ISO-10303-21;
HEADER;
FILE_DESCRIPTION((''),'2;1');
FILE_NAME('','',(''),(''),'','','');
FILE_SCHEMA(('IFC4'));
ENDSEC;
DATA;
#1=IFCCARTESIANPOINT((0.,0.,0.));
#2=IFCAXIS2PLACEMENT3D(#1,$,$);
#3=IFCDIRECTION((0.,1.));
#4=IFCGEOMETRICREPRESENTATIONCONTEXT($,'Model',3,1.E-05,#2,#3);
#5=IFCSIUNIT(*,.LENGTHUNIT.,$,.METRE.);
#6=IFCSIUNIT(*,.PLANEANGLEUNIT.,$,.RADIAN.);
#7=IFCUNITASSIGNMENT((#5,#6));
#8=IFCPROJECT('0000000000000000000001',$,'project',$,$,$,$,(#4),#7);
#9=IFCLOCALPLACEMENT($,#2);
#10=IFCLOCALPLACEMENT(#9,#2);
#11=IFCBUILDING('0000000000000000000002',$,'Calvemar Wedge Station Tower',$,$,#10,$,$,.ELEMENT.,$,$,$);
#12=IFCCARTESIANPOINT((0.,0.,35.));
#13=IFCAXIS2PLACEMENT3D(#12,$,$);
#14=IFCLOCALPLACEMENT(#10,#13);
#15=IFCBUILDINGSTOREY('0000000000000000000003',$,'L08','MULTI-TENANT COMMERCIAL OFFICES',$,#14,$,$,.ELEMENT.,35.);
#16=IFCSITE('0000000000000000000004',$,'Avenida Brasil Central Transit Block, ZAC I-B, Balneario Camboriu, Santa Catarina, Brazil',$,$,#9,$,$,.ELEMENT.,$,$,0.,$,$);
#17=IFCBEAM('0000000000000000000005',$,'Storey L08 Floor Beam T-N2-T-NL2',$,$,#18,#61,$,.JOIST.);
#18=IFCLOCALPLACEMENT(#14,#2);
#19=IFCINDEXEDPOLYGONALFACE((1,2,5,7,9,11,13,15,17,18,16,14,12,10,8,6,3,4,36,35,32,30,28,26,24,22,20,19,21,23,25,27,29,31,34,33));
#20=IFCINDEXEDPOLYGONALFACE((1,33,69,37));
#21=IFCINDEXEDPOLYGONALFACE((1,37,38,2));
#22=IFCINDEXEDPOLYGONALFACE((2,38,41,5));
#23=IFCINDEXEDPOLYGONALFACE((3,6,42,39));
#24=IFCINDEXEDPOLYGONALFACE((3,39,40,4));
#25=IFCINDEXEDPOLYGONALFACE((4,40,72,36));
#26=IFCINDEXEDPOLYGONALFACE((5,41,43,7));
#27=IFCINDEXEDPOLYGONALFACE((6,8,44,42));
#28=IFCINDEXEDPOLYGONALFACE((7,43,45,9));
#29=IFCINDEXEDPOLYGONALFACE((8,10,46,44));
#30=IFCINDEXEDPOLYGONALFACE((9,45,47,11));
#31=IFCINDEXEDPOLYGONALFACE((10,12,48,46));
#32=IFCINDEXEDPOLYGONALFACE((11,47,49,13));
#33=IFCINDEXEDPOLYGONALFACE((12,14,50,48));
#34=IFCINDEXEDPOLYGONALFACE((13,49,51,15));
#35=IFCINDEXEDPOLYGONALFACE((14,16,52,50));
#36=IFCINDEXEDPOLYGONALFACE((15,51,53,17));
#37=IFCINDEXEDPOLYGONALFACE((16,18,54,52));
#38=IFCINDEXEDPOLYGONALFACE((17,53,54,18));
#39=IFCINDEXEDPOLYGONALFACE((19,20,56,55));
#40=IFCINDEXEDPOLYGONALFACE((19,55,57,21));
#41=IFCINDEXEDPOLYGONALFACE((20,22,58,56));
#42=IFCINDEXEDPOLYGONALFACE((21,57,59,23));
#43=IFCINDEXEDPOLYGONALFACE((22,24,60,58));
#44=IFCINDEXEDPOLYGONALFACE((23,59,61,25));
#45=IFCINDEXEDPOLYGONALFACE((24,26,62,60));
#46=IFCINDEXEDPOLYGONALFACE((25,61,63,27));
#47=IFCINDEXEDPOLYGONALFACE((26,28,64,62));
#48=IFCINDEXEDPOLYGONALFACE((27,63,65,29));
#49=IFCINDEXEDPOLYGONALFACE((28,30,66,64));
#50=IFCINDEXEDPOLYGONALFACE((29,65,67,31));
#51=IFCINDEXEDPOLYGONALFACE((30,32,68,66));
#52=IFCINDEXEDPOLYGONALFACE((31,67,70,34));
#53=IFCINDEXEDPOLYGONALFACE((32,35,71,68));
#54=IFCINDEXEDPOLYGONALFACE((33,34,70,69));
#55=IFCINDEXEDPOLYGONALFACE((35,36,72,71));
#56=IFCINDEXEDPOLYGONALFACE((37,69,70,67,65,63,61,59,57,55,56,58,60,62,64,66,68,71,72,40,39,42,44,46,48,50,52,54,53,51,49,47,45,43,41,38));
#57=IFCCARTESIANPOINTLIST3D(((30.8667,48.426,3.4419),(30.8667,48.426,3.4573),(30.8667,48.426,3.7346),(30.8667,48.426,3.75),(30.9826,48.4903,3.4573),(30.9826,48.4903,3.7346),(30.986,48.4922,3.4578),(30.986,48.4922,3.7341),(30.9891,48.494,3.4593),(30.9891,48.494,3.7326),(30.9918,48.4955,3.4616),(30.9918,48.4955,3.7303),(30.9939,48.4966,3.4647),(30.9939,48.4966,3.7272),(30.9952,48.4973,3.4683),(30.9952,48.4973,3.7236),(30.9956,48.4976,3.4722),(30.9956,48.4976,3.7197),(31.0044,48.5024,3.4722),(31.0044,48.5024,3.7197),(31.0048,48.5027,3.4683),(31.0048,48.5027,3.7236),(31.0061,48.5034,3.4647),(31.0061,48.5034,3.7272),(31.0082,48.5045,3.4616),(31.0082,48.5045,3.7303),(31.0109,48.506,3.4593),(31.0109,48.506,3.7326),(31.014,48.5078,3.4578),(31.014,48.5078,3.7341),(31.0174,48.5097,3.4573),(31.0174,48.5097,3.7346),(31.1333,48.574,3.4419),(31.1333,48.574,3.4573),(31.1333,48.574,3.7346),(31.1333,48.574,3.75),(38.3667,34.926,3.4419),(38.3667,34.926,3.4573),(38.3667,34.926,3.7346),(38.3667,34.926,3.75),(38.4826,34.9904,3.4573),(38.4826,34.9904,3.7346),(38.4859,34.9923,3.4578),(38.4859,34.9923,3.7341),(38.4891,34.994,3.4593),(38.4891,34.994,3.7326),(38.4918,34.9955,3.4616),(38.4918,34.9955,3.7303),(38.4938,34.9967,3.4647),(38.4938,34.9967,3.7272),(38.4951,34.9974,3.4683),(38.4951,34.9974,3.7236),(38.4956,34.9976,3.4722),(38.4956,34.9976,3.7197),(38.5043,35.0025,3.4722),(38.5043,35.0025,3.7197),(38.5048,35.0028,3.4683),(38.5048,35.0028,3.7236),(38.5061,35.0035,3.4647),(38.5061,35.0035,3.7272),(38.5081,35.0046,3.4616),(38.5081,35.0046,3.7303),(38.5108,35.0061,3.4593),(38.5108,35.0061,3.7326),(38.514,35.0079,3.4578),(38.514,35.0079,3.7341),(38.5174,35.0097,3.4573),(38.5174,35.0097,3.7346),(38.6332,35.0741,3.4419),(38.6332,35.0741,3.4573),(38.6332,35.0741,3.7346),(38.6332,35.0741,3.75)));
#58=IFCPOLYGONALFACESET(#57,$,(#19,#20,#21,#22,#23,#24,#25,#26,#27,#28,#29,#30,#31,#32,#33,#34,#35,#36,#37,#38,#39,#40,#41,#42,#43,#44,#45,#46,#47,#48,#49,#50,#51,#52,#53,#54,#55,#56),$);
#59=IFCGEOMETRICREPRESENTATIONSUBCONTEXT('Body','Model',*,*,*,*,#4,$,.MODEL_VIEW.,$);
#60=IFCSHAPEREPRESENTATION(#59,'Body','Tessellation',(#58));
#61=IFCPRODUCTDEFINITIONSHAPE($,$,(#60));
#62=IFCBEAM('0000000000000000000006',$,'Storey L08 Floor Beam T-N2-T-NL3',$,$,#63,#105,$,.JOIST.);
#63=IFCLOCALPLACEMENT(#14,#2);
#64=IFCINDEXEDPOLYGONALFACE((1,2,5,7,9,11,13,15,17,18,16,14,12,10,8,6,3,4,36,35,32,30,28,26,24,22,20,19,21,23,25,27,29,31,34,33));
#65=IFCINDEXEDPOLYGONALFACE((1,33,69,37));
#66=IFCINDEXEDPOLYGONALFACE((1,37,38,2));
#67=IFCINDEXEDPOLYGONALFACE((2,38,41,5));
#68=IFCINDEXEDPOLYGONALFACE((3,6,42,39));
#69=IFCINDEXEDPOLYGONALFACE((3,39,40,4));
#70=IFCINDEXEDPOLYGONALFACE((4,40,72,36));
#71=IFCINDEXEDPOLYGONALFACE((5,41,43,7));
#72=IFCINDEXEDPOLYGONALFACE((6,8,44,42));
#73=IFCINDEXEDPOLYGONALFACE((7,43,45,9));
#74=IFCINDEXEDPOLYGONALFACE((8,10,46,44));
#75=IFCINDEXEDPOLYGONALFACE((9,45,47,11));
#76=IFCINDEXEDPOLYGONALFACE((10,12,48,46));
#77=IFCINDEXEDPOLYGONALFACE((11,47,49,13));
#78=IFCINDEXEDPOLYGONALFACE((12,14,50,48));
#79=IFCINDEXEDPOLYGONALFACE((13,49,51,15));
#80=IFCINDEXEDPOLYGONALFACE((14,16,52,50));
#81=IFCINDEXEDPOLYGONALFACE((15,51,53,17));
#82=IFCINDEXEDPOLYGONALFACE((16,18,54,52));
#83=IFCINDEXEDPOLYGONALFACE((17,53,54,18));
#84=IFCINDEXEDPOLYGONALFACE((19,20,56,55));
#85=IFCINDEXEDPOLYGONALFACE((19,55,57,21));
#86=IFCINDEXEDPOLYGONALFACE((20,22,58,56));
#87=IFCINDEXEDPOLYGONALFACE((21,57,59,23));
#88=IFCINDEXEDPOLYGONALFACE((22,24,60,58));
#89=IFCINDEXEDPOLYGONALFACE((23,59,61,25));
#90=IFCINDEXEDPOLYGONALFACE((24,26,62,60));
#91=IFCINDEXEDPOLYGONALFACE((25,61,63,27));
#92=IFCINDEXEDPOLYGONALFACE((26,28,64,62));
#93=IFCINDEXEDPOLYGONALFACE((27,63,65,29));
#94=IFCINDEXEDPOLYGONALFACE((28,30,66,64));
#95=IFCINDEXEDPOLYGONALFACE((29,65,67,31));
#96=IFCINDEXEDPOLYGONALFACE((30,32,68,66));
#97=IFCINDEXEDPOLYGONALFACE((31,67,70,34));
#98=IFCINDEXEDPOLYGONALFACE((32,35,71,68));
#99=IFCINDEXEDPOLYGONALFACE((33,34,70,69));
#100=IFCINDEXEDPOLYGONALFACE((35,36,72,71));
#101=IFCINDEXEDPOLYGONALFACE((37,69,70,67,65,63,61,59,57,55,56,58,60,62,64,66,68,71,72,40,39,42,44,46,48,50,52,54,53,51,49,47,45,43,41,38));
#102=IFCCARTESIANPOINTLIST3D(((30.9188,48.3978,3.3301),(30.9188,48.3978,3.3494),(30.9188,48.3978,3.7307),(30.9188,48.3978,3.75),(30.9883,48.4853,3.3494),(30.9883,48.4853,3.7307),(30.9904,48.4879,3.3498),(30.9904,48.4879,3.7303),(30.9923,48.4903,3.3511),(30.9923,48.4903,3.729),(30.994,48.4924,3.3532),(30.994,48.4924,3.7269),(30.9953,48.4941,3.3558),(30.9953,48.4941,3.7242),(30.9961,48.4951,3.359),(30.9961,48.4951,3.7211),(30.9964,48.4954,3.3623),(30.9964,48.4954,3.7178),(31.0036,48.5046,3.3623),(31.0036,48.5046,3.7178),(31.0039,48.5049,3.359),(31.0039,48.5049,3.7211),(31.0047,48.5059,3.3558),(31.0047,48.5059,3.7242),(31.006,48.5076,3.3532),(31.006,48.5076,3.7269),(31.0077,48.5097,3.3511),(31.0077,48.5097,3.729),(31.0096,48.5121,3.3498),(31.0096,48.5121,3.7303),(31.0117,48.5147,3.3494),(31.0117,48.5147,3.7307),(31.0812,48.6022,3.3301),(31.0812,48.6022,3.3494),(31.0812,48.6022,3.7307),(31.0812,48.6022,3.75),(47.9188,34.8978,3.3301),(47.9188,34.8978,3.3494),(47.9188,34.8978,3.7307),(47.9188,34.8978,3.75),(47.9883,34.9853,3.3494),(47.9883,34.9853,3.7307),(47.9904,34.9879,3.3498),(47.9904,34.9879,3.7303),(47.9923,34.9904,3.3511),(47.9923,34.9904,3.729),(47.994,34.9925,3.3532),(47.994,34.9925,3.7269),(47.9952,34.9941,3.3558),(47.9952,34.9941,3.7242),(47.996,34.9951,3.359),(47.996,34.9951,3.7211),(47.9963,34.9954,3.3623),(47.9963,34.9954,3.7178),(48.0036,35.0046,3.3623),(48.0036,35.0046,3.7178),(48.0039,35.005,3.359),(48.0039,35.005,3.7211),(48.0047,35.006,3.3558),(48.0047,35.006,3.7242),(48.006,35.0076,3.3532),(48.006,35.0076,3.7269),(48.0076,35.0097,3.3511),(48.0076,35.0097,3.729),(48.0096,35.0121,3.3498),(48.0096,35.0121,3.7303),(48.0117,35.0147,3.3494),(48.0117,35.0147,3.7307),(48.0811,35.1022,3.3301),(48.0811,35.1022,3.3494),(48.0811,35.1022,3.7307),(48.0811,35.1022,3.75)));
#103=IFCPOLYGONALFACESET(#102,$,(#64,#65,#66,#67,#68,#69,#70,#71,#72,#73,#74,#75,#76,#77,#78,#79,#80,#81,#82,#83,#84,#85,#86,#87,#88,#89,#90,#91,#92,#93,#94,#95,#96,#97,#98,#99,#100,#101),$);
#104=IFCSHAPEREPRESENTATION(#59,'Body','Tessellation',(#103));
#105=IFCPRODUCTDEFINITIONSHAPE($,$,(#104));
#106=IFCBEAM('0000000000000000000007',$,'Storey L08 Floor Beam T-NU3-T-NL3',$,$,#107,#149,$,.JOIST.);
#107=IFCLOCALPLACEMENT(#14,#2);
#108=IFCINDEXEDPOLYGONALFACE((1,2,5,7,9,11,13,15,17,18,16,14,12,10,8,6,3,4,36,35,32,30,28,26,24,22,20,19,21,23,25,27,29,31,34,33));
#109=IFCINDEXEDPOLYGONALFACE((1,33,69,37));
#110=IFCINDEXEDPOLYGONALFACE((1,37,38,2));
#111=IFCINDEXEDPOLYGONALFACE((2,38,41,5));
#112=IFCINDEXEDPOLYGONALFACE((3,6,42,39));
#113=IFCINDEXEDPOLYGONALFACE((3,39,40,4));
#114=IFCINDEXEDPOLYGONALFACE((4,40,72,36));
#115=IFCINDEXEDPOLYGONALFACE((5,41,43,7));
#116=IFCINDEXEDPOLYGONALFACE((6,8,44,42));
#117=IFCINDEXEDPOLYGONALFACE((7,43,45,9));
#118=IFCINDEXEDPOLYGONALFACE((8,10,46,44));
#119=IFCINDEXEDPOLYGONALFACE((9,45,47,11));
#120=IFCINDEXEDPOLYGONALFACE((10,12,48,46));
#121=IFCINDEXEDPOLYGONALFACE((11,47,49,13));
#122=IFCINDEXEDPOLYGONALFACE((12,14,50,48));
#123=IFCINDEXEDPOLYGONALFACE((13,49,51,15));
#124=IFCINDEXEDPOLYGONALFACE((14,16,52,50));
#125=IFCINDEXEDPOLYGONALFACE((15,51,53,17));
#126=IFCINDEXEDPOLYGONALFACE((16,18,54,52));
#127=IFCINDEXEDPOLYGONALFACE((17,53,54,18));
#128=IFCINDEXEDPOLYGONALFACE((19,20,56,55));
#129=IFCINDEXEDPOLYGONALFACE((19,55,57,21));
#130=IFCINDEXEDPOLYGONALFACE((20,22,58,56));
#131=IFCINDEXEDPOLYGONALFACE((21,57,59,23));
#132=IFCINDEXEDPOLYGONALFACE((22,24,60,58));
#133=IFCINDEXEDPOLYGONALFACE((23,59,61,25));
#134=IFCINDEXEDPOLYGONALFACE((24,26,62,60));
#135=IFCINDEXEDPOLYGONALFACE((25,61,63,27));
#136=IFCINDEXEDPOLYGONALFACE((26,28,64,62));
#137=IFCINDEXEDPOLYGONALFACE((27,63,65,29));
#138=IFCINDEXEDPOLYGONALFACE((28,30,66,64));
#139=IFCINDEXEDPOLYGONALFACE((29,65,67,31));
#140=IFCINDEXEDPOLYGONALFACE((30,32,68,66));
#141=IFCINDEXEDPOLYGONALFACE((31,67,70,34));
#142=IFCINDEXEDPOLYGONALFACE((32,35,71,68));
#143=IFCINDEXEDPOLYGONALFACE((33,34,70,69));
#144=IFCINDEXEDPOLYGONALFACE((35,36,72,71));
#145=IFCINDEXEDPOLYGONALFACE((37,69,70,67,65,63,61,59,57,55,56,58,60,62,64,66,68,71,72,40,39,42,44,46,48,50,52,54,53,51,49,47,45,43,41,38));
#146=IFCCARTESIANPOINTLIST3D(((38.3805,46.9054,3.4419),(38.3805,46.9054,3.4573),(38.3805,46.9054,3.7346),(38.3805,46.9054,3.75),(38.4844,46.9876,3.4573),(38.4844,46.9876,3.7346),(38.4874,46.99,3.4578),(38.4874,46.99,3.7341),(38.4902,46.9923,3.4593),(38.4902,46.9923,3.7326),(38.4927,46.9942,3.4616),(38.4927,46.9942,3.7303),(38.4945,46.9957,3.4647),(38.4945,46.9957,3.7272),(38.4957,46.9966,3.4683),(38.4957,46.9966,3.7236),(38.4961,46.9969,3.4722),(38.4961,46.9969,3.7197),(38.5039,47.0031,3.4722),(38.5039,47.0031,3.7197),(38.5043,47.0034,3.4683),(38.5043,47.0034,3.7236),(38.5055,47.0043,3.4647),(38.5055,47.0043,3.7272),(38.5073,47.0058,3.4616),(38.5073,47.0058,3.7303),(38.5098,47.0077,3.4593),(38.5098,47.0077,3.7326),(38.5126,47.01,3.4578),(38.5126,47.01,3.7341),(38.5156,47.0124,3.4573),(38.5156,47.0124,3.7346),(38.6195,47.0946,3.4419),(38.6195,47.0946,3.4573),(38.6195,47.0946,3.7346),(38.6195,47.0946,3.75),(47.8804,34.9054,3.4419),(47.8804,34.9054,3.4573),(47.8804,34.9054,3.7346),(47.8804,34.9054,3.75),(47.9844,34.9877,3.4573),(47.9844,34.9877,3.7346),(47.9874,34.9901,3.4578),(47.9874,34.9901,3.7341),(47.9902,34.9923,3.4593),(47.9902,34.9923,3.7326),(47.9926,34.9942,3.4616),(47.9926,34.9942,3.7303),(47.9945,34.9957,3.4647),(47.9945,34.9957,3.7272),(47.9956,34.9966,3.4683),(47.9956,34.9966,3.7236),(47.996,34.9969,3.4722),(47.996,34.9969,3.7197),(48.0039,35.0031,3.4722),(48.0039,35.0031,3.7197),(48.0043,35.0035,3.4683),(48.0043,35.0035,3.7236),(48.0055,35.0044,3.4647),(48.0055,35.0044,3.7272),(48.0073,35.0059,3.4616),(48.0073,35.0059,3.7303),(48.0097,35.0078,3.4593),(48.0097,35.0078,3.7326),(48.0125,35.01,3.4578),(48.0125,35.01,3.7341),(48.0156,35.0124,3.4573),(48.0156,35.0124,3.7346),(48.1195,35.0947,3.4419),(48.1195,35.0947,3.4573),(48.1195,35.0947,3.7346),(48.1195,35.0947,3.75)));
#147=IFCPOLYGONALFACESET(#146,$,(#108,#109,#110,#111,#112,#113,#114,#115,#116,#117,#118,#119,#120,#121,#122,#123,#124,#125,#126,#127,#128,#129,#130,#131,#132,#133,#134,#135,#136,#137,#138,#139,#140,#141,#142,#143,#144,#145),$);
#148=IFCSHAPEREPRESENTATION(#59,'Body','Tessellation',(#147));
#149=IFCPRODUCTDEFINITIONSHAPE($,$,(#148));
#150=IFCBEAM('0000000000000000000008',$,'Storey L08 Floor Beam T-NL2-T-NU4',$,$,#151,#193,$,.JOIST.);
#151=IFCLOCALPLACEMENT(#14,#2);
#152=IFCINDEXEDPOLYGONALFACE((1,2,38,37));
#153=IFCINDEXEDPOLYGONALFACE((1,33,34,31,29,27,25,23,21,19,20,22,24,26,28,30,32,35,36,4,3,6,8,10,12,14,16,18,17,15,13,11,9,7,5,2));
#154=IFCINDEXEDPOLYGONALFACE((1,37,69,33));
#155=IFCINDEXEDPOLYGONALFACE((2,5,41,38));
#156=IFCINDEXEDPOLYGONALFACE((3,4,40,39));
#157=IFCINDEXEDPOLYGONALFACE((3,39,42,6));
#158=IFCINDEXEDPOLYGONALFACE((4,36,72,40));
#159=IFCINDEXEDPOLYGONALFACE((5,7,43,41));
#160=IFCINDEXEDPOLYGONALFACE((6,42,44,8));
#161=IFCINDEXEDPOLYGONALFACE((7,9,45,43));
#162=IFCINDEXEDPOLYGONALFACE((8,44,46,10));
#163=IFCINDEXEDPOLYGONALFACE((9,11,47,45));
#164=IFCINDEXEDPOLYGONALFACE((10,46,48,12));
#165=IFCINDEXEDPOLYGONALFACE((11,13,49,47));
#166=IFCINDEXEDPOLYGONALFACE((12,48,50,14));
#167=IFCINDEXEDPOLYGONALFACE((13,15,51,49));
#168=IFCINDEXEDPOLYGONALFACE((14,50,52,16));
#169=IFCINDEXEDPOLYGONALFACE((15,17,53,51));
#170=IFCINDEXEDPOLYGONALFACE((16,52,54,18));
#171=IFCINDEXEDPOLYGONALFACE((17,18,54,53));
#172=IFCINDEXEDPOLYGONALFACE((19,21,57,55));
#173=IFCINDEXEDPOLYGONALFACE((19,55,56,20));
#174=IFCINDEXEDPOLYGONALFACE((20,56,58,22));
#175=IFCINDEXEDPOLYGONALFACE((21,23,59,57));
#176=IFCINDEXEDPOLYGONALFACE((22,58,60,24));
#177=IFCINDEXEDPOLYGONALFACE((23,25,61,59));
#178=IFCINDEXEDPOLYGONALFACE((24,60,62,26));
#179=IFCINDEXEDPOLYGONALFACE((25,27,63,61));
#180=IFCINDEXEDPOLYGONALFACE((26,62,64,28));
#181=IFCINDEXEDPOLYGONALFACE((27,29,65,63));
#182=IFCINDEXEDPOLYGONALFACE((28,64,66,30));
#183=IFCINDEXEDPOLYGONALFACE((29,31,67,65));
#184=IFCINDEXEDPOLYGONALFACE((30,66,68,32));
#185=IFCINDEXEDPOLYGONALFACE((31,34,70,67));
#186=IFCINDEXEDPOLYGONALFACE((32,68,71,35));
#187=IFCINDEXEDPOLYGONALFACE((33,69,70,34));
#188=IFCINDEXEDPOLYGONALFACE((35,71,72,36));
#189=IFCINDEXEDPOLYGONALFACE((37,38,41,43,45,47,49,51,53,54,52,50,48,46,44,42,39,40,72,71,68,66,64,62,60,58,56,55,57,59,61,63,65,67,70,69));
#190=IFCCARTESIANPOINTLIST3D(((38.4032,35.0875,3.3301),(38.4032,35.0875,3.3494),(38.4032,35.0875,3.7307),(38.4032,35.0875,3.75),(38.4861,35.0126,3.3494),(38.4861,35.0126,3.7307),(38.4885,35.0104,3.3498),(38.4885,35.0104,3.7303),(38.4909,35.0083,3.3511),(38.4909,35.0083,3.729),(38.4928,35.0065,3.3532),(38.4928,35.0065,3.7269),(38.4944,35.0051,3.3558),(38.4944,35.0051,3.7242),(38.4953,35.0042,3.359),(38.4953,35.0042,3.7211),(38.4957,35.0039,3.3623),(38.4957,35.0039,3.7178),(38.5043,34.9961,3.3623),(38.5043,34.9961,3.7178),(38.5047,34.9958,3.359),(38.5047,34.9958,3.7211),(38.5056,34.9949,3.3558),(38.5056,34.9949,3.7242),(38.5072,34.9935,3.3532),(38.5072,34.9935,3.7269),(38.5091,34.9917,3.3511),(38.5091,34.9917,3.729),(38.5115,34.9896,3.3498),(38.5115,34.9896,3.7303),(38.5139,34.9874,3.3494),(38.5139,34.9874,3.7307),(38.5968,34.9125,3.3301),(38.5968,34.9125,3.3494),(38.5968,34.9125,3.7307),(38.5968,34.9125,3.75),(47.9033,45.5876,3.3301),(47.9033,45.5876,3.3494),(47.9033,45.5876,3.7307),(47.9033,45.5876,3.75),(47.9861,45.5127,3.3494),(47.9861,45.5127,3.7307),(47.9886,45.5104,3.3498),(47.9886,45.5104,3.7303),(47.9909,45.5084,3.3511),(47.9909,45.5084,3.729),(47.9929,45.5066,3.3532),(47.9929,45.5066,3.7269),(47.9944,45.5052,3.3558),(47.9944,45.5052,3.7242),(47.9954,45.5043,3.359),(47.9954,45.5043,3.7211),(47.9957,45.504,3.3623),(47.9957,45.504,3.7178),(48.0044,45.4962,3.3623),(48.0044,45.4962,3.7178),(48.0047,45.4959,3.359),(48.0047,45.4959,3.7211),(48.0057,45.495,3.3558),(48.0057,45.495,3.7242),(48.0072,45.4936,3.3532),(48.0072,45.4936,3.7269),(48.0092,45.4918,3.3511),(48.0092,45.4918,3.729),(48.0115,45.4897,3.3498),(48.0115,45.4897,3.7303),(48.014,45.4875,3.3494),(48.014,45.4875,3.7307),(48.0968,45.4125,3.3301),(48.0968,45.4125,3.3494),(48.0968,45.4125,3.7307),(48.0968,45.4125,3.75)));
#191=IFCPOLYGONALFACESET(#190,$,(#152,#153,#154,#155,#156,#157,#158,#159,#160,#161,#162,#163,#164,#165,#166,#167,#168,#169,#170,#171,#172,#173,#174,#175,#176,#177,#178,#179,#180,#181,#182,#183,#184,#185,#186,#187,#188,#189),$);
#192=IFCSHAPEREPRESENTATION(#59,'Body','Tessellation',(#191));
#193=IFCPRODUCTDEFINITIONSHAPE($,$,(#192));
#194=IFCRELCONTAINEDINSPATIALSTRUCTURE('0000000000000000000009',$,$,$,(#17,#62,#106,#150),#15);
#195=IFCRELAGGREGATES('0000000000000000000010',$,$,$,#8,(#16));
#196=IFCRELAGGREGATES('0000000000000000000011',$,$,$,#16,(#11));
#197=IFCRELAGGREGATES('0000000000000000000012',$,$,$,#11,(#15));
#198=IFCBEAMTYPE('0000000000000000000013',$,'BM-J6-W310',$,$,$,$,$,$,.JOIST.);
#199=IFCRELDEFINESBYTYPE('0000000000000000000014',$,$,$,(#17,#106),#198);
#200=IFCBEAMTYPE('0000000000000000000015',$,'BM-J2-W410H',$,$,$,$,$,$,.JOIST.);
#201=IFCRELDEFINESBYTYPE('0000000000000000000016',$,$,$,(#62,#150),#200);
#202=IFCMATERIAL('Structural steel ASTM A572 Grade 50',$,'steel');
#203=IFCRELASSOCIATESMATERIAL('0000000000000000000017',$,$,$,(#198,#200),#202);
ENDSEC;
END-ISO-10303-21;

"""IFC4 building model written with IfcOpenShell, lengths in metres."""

from ifc_helpers import new_model, si_unit, direction, frame, origin, origin_2d, place, context, subcontext, project, spatial, i_section, extrude, source, transform, mapped, material, material_profile, profile_set, type_object, element, save


model = new_model("IFC4")

# Units and contexts
model_context = context("Model", 3, precision=1e-05, world=origin(), true_north=direction((0.0, 1.0)))
body_context = subcontext(model_context, "Body", "Model", "MODEL_VIEW")
ifc_project = project(units=[si_unit("LENGTHUNIT", "METRE"), si_unit("PLANEANGLEUNIT", "RADIAN")], contexts=[model_context])

# Site, building, storey
site_placement = place(None, origin())
site = spatial("IfcSite", under=ifc_project, at=site_placement, Name="Avenida Brasil Central Transit Block, ZAC I-B, Balneario Camboriu, Santa Catarina, Brazil", CompositionType="ELEMENT", RefElevation=0.0)
building_placement = place(site_placement, origin())
building = spatial("IfcBuilding", under=site, at=building_placement, Name="Calvemar Wedge Station Tower", CompositionType="ELEMENT")
storey_placement = place(building_placement, frame((0.0, 0.0, 35.0)))
storey = spatial("IfcBuildingStorey", under=building, at=storey_placement, Name="L08", Description="MULTI-TENANT COMMERCIAL OFFICES", CompositionType="ELEMENT", Elevation=35.0)

# Beams
ifc_material_1 = material(Name="Structural steel ASTM A572 Grade 50", Category="steel")
ifc_material_profile_1 = material_profile(ifc_material_1, i_section(OverallWidth=0.3049, OverallDepth=0.3081, WebThickness=0.01, FlangeThickness=0.0154, FilletRadius=0.0149, at=origin_2d()), Name="W310x97")
ifc_profile_set_1 = profile_set([ifc_material_profile_1], Name="Structural steel ASTM A572 Grade 50")
beam_type_1 = type_object("IfcBeamType", Name="BM-J6-W310", PredefinedType="JOIST", material=ifc_profile_set_1)
shared_shape_1 = source(origin(), body_context, "Body", "SweptSolid", [
    extrude(i_section(OverallWidth=0.3049, OverallDepth=0.3081, WebThickness=0.01, FlangeThickness=0.0154, FilletRadius=0.0149, at=origin_2d()), origin(), (0.0, 0.0, 1.0), 15.4434),
])
beam_1_placement = place(storey_placement, frame((31.0, 48.5, 3.5959), z_axis=(0.485643, -0.874157, 0.0), x_axis=(0.874157, 0.485643, 0.0)))
element("IfcBeam", 1, at=beam_1_placement, inside=storey, type_object=beam_type_1, Name="Storey L08 Floor Beam T-N2-T-NL2", PredefinedType="JOIST", context=body_context, shape_type="MappedRepresentation", body=[
    mapped(shared_shape_1, transform((0.0, 0.0, 0.0), scale=1.0)),
])
ifc_material_profile_2 = material_profile(ifc_material_1, i_section(OverallWidth=0.261, OverallDepth=0.4199, WebThickness=0.0117, FlangeThickness=0.0193, FilletRadius=0.0129, at=origin_2d()), Name="W410x114")
ifc_profile_set_2 = profile_set([ifc_material_profile_2], Name="Structural steel ASTM A572 Grade 50")
beam_type_2 = type_object("IfcBeamType", Name="BM-J2-W410H", PredefinedType="JOIST", material=ifc_profile_set_2)
shared_shape_2 = source(origin(), body_context, "Body", "SweptSolid", [
    extrude(i_section(OverallWidth=0.261, OverallDepth=0.4199, WebThickness=0.0117, FlangeThickness=0.0193, FilletRadius=0.0129, at=origin_2d()), origin(), (0.0, 0.0, 1.0), 21.7083),
])
beam_2_placement = place(storey_placement, frame((31.0, 48.5, 3.54), z_axis=(0.783111, -0.621882, 0.0), x_axis=(0.621882, 0.783111, 0.0)))
element("IfcBeam", 2, at=beam_2_placement, inside=storey, type_object=beam_type_2, Name="Storey L08 Floor Beam T-N2-T-NL3", PredefinedType="JOIST", context=body_context, shape_type="MappedRepresentation", body=[
    mapped(shared_shape_2, transform((0.0, 0.0, 0.0), scale=1.0)),
])
shared_shape_3 = source(origin(), body_context, "Body", "SweptSolid", [
    extrude(i_section(OverallWidth=0.3049, OverallDepth=0.3081, WebThickness=0.01, FlangeThickness=0.0154, FilletRadius=0.0149, at=origin_2d()), origin(), (0.0, 0.0, 1.0), 15.3052),
])
beam_3_placement = place(storey_placement, frame((38.5, 47.0, 3.5959), z_axis=(0.620703, -0.784046, 0.0), x_axis=(0.784046, 0.620703, 0.0)))
element("IfcBeam", 3, at=beam_3_placement, inside=storey, type_object=beam_type_1, Name="Storey L08 Floor Beam T-NU3-T-NL3", PredefinedType="JOIST", context=body_context, shape_type="MappedRepresentation", body=[
    mapped(shared_shape_3, transform((0.0, 0.0, 0.0), scale=1.0)),
])
shared_shape_4 = source(origin(), body_context, "Body", "SweptSolid", [
    extrude(i_section(OverallWidth=0.261, OverallDepth=0.4199, WebThickness=0.0117, FlangeThickness=0.0193, FilletRadius=0.0129, at=origin_2d()), origin(), (0.0, 0.0, 1.0), 14.1599),
])
beam_4_placement = place(storey_placement, frame((38.5, 35.0, 3.54), z_axis=(0.670913, 0.741536, 0.0), x_axis=(-0.741536, 0.670913, 0.0)))
element("IfcBeam", 4, at=beam_4_placement, inside=storey, type_object=beam_type_2, Name="Storey L08 Floor Beam T-NL2-T-NU4", PredefinedType="JOIST", context=body_context, shape_type="MappedRepresentation", body=[
    mapped(shared_shape_4, transform((0.0, 0.0, 0.0), scale=1.0)),
])

save(model, "model.ifc")
